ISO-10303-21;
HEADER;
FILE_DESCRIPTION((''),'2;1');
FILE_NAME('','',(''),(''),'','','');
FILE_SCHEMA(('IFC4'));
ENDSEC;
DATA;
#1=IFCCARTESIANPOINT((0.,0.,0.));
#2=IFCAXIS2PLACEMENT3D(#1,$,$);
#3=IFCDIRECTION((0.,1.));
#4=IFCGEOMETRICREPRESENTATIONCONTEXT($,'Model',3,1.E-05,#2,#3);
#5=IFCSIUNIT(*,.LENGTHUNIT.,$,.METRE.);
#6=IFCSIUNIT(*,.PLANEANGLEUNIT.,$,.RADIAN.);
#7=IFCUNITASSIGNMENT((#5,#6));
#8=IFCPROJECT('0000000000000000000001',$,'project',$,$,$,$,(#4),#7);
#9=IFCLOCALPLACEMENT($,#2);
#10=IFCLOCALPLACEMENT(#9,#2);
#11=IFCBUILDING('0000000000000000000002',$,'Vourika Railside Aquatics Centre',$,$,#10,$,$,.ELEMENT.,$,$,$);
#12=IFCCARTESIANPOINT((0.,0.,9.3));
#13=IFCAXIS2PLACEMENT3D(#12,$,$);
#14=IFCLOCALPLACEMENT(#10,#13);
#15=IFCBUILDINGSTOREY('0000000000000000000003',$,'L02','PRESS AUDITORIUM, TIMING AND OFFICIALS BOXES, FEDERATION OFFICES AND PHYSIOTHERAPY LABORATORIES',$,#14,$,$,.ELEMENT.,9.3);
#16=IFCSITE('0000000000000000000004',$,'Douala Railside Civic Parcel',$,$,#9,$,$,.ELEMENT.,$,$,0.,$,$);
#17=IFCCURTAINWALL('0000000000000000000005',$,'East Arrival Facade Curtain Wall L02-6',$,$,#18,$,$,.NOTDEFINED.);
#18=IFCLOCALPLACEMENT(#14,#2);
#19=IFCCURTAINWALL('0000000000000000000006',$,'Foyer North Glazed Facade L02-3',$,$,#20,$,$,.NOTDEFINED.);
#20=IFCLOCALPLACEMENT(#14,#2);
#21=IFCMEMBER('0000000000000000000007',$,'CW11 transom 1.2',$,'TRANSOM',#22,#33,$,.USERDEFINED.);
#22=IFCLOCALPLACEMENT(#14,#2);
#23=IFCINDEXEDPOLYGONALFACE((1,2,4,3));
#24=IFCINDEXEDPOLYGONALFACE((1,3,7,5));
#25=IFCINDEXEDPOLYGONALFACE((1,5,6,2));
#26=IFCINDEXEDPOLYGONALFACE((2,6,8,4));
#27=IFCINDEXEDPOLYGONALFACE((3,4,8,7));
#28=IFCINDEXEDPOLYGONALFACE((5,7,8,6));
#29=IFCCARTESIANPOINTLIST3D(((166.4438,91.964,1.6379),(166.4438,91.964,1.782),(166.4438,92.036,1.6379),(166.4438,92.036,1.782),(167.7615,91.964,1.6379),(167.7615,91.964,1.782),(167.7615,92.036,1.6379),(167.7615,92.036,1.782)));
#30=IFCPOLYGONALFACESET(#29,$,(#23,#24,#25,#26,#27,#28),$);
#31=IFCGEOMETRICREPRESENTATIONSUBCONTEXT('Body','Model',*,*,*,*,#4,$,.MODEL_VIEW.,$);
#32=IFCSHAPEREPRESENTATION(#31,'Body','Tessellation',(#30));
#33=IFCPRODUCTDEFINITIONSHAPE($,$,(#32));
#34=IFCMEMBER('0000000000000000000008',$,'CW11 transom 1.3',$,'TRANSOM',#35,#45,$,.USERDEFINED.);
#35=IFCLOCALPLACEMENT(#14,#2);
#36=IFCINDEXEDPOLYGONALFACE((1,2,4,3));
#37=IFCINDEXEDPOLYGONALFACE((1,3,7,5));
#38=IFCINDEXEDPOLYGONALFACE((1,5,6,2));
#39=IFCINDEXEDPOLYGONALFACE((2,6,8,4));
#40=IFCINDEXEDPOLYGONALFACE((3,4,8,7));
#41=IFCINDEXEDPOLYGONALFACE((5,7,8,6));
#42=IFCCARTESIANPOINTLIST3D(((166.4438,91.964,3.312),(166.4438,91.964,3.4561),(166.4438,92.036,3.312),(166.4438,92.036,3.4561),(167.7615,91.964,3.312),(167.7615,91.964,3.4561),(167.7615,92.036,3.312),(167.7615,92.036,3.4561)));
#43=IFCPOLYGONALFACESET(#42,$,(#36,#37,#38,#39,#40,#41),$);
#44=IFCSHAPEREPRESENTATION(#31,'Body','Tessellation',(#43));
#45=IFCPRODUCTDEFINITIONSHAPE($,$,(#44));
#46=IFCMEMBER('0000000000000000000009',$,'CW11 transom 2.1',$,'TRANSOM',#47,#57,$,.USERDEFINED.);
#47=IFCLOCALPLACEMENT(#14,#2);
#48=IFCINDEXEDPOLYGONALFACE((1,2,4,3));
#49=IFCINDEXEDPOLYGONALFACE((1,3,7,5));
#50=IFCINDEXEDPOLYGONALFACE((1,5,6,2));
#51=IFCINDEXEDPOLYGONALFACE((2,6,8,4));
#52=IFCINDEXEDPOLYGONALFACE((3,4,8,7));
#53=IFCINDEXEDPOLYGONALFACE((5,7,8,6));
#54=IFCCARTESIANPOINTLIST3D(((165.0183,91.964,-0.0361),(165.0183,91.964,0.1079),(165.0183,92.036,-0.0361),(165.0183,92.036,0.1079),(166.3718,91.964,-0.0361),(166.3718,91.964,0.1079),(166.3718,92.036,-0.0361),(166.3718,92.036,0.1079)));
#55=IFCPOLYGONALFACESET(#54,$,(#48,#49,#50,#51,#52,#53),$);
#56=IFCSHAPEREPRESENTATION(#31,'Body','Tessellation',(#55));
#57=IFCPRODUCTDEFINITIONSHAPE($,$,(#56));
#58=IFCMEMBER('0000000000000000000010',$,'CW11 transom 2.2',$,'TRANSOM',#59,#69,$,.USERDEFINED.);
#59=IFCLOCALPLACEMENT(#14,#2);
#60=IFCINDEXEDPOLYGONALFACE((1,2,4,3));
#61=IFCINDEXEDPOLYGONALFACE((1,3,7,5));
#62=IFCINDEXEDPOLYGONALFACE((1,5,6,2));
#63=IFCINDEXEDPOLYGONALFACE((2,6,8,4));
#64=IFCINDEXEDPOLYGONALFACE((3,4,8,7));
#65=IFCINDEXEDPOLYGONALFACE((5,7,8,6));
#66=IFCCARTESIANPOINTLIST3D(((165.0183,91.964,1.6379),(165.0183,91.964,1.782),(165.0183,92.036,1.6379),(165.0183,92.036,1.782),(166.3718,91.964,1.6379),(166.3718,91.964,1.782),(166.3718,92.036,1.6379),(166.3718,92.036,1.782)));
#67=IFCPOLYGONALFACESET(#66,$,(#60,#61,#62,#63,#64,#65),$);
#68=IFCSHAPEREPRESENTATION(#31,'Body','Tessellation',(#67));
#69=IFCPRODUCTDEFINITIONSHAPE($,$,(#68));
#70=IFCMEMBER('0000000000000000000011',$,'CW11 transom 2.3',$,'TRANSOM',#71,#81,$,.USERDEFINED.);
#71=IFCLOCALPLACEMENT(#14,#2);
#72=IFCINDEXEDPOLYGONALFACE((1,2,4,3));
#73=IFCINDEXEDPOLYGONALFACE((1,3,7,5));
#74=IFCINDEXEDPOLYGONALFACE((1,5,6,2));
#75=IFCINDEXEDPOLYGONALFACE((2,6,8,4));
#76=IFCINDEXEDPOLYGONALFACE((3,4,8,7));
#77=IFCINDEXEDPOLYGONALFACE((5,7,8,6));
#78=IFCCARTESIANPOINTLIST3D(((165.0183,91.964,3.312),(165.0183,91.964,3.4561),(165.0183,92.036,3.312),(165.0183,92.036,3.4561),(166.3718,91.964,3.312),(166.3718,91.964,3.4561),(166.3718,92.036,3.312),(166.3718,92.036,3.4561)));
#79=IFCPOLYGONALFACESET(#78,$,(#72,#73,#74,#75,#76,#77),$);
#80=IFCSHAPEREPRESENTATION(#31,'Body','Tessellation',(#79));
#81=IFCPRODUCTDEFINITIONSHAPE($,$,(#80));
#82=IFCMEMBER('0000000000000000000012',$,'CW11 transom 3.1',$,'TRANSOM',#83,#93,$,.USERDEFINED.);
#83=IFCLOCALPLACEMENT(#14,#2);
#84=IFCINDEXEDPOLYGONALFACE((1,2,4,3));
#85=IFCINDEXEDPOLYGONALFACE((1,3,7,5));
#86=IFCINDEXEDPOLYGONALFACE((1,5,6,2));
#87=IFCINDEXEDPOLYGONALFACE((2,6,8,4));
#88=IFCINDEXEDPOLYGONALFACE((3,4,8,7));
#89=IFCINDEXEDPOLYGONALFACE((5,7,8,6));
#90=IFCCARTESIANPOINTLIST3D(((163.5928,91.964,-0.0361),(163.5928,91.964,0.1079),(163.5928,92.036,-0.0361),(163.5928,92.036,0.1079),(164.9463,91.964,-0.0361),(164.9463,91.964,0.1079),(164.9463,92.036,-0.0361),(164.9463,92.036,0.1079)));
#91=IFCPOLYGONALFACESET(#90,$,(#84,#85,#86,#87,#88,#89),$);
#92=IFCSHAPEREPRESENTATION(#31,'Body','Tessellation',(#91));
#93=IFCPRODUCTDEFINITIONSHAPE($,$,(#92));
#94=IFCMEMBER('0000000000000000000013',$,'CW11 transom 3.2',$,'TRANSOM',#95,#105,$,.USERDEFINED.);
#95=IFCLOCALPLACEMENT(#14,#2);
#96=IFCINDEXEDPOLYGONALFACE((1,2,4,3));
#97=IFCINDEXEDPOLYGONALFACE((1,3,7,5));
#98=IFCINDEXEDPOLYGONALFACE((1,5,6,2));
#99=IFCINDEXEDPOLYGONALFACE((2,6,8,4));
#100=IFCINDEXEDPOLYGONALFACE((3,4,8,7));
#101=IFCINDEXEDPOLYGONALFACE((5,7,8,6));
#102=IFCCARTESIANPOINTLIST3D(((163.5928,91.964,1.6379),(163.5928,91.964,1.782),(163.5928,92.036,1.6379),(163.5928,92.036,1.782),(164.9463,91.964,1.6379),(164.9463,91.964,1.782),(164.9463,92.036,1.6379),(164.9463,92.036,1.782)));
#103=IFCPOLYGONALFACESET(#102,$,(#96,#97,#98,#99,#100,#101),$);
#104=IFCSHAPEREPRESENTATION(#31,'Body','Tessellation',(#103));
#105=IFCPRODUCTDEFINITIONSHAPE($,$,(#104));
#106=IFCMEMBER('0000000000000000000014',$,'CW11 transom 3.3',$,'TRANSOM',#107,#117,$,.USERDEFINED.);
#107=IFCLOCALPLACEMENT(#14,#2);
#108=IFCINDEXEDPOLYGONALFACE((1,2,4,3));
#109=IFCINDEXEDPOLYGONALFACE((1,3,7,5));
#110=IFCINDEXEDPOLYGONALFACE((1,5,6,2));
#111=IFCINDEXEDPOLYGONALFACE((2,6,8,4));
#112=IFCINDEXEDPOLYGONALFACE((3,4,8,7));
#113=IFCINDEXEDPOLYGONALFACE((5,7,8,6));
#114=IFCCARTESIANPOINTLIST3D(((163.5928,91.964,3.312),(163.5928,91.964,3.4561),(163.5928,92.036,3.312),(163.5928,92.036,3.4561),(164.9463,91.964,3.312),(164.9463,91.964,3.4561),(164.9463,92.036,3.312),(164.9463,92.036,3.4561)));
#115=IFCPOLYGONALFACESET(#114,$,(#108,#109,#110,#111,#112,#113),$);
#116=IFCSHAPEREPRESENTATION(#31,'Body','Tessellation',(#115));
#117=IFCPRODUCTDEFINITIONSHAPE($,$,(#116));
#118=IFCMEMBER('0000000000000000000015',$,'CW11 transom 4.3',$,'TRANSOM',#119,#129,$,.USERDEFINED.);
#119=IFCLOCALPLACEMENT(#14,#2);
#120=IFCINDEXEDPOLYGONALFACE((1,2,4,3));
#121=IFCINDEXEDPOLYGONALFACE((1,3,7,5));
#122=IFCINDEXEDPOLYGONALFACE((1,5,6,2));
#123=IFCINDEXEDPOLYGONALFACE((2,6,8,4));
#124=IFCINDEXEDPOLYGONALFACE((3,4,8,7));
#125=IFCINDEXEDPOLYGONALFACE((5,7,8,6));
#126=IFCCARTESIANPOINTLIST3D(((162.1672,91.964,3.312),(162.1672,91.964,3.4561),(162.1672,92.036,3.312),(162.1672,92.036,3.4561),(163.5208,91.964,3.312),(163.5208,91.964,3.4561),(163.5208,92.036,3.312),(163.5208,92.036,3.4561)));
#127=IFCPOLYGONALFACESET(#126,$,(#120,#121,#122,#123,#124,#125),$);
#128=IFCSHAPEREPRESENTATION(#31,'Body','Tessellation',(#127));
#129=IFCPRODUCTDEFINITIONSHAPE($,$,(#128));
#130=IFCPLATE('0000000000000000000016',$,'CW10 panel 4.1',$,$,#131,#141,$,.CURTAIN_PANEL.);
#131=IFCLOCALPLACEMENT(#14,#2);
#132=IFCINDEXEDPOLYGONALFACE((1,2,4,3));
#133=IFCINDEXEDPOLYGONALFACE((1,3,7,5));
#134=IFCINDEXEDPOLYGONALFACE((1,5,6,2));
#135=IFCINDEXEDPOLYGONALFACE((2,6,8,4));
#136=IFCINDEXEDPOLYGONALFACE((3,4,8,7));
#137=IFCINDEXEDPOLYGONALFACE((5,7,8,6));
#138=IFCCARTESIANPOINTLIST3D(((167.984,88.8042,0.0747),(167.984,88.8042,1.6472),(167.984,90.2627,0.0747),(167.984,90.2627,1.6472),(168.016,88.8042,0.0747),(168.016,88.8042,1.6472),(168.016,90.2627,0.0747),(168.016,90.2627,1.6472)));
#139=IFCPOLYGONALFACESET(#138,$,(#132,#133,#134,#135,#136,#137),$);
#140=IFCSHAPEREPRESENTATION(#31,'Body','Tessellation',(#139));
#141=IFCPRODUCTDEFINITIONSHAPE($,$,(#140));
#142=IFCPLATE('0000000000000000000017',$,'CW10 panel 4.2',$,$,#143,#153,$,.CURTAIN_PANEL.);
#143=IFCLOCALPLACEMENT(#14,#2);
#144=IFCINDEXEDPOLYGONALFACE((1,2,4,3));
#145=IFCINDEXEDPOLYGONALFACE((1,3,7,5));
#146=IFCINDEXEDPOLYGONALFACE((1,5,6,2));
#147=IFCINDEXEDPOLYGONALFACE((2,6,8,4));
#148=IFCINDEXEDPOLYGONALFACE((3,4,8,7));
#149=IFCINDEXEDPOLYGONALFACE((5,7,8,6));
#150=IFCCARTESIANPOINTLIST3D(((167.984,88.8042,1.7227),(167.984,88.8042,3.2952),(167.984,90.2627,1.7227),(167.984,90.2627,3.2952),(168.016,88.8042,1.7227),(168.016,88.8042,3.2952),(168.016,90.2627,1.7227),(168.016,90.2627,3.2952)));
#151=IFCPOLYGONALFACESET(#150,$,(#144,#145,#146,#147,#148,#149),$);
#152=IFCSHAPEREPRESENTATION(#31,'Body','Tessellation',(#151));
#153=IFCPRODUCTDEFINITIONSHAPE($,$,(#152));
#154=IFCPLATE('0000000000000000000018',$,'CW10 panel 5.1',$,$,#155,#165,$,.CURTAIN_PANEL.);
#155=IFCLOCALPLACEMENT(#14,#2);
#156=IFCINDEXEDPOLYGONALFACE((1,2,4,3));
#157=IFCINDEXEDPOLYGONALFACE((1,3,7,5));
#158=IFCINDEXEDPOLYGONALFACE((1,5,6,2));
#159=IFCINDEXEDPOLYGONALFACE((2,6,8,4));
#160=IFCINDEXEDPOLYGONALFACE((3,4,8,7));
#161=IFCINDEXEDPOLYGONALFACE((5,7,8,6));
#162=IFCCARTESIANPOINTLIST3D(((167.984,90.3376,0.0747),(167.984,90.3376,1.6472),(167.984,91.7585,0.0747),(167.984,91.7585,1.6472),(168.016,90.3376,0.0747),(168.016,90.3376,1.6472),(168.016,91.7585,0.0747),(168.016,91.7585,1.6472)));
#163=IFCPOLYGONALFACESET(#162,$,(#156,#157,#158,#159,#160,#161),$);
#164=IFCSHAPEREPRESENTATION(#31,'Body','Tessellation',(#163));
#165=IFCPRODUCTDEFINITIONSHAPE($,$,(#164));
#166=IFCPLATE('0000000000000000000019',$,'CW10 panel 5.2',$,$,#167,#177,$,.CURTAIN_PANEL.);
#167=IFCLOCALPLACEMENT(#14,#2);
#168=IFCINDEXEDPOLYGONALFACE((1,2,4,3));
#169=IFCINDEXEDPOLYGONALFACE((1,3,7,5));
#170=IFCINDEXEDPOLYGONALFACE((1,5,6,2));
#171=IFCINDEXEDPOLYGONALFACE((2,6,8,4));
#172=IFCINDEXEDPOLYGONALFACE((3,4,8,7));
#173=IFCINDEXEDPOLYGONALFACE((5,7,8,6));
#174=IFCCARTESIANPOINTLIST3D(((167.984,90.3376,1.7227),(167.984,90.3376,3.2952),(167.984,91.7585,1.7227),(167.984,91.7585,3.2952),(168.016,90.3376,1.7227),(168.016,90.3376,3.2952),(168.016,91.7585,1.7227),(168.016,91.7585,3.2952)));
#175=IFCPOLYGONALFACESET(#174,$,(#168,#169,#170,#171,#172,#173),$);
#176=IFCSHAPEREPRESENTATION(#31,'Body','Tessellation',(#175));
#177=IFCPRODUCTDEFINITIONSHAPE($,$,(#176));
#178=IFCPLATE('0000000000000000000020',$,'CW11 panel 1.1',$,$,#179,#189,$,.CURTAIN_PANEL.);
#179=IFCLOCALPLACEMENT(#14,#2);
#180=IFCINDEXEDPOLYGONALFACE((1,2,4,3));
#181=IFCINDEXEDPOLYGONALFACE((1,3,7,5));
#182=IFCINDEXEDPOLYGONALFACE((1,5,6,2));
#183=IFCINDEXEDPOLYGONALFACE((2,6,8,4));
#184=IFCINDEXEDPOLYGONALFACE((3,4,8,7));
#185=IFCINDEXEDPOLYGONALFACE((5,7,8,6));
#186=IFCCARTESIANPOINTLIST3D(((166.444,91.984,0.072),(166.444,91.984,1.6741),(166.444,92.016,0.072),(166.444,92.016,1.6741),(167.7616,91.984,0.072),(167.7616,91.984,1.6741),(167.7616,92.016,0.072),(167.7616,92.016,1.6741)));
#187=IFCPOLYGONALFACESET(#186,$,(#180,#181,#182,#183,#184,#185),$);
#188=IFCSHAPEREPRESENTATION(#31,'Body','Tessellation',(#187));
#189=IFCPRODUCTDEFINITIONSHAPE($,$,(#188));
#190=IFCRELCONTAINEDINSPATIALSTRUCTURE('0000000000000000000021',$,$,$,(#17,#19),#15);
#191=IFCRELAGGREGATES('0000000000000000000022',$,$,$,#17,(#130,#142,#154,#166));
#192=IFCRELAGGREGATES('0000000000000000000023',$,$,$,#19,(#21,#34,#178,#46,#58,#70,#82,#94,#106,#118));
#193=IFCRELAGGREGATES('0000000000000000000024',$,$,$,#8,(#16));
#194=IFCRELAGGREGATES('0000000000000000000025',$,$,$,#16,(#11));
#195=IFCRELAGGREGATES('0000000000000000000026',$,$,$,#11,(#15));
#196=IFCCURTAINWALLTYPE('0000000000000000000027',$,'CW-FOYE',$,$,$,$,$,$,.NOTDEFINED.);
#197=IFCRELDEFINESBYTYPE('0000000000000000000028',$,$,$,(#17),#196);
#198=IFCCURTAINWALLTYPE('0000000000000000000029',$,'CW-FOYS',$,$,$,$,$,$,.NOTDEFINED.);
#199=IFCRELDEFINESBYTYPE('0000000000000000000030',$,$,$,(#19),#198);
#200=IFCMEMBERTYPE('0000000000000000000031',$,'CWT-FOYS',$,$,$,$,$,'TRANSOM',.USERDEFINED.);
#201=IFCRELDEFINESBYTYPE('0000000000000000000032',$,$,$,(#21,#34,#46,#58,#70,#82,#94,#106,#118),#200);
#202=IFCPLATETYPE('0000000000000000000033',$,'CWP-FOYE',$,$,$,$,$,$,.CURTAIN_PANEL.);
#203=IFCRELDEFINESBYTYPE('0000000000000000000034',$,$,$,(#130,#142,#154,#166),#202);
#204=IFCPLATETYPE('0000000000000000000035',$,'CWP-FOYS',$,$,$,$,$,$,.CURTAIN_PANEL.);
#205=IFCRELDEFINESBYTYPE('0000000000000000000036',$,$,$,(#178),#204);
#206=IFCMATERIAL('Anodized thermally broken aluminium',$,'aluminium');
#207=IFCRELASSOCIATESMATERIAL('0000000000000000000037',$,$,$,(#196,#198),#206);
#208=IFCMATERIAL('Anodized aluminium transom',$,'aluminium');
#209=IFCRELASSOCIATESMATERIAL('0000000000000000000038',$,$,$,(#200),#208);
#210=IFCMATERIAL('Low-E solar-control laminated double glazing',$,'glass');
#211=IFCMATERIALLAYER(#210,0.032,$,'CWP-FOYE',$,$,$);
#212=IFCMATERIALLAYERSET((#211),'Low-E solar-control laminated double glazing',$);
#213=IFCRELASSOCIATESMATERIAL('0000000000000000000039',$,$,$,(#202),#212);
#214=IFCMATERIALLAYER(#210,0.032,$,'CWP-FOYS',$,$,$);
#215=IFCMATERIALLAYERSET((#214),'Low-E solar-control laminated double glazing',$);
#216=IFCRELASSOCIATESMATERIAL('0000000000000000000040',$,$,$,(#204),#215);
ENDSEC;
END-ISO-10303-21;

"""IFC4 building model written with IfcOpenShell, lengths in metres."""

from ifc_helpers import new_model, si_unit, direction, frame, origin, origin_2d, place, context, subcontext, project, spatial, rectangle, extrude, material, layer, layer_set, material_profile, profile_set, type_object, element, aggregate, save


model = new_model("IFC4")

# Units and contexts
model_context = context("Model", 3, precision=1e-05, world=origin(), true_north=direction((0.0, 1.0)))
body_context = subcontext(model_context, "Body", "Model", "MODEL_VIEW")
ifc_project = project(units=[si_unit("LENGTHUNIT", "METRE"), si_unit("PLANEANGLEUNIT", "RADIAN")], contexts=[model_context])

# Site, building, storey
site_placement = place(None, origin())
site = spatial("IfcSite", under=ifc_project, at=site_placement, Name="Douala Railside Civic Parcel", CompositionType="ELEMENT", RefElevation=0.0)
building_placement = place(site_placement, origin())
building = spatial("IfcBuilding", under=site, at=building_placement, Name="Vourika Railside Aquatics Centre", CompositionType="ELEMENT")
storey_placement = place(building_placement, frame((0.0, 0.0, 9.3)))
storey = spatial("IfcBuildingStorey", under=building, at=storey_placement, Name="L02", Description="PRESS AUDITORIUM, TIMING AND OFFICIALS BOXES, FEDERATION OFFICES AND PHYSIOTHERAPY LABORATORIES", CompositionType="ELEMENT", Elevation=9.3)

# Curtain walls
ifc_material_1 = material(Name="Anodized thermally broken aluminium", Category="aluminium")
curtain_wall_type_1 = type_object("IfcCurtainWallType", Name="CW-FOYE", PredefinedType="NOTDEFINED", material=ifc_material_1)
curtain_wall_1_placement = place(storey_placement, origin())
curtain_wall_1 = element("IfcCurtainWall", 1, at=curtain_wall_1_placement, inside=storey, type_object=curtain_wall_type_1, Name="East Arrival Facade Curtain Wall L02-6", PredefinedType="NOTDEFINED")
curtain_wall_type_2 = type_object("IfcCurtainWallType", Name="CW-FOYS", PredefinedType="NOTDEFINED", material=ifc_material_1)
curtain_wall_2_placement = place(storey_placement, origin())
curtain_wall_2 = element("IfcCurtainWall", 2, at=curtain_wall_2_placement, inside=storey, type_object=curtain_wall_type_2, Name="Foyer North Glazed Facade L02-3", PredefinedType="NOTDEFINED")

# Members
ifc_material_2 = material(Name="Anodized aluminium transom", Category="aluminium")
ifc_material_profile_1 = material_profile(ifc_material_2, rectangle(XDim=0.072, YDim=0.144, at=origin_2d()), Name="ALU-T 72x144")
ifc_profile_set_1 = profile_set([ifc_material_profile_1], Name="Anodized aluminium transom")
member_type_1 = type_object("IfcMemberType", Name="CWT-FOYS", ElementType="TRANSOM", PredefinedType="USERDEFINED", material=ifc_profile_set_1)
member_1_placement = place(storey_placement, frame((167.7615, 92.0, 1.71), z_axis=(-1.0, 0.0, 0.0), x_axis=(0.0, -1.0, 0.0)))
member_1 = element("IfcMember", 3, at=member_1_placement, type_object=member_type_1, Name="CW11 transom 1.2", ObjectType="TRANSOM", PredefinedType="USERDEFINED", context=body_context, shape_type="SweptSolid", body=[
    extrude(rectangle(XDim=0.072, YDim=0.144, at=origin_2d()), origin(), (0.0, 0.0, 1.0), 1.3176),
])
member_2_placement = place(storey_placement, frame((167.7615, 92.0, 3.384), z_axis=(-1.0, 0.0, 0.0), x_axis=(0.0, -1.0, 0.0)))
member_2 = element("IfcMember", 4, at=member_2_placement, type_object=member_type_1, Name="CW11 transom 1.3", ObjectType="TRANSOM", PredefinedType="USERDEFINED", context=body_context, shape_type="SweptSolid", body=[
    extrude(rectangle(XDim=0.072, YDim=0.144, at=origin_2d()), origin(), (0.0, 0.0, 1.0), 1.3176),
])
member_3_placement = place(storey_placement, frame((166.3718, 92.0, 0.0359), z_axis=(-1.0, 0.0, 0.0), x_axis=(0.0, -1.0, 0.0)))
member_3 = element("IfcMember", 5, at=member_3_placement, type_object=member_type_1, Name="CW11 transom 2.1", ObjectType="TRANSOM", PredefinedType="USERDEFINED", context=body_context, shape_type="SweptSolid", body=[
    extrude(rectangle(XDim=0.072, YDim=0.144, at=origin_2d()), origin(), (0.0, 0.0, 1.0), 1.3535),
])
member_4_placement = place(storey_placement, frame((166.3718, 92.0, 1.71), z_axis=(-1.0, 0.0, 0.0), x_axis=(0.0, -1.0, 0.0)))
member_4 = element("IfcMember", 6, at=member_4_placement, type_object=member_type_1, Name="CW11 transom 2.2", ObjectType="TRANSOM", PredefinedType="USERDEFINED", context=body_context, shape_type="SweptSolid", body=[
    extrude(rectangle(XDim=0.072, YDim=0.144, at=origin_2d()), origin(), (0.0, 0.0, 1.0), 1.3535),
])
member_5_placement = place(storey_placement, frame((166.3718, 92.0, 3.384), z_axis=(-1.0, 0.0, 0.0), x_axis=(0.0, -1.0, 0.0)))
member_5 = element("IfcMember", 7, at=member_5_placement, type_object=member_type_1, Name="CW11 transom 2.3", ObjectType="TRANSOM", PredefinedType="USERDEFINED", context=body_context, shape_type="SweptSolid", body=[
    extrude(rectangle(XDim=0.072, YDim=0.144, at=origin_2d()), origin(), (0.0, 0.0, 1.0), 1.3535),
])
member_6_placement = place(storey_placement, frame((164.9463, 92.0, 0.0359), z_axis=(-1.0, 0.0, 0.0), x_axis=(0.0, -1.0, 0.0)))
member_6 = element("IfcMember", 8, at=member_6_placement, type_object=member_type_1, Name="CW11 transom 3.1", ObjectType="TRANSOM", PredefinedType="USERDEFINED", context=body_context, shape_type="SweptSolid", body=[
    extrude(rectangle(XDim=0.072, YDim=0.144, at=origin_2d()), origin(), (0.0, 0.0, 1.0), 1.3535),
])
member_7_placement = place(storey_placement, frame((164.9463, 92.0, 1.71), z_axis=(-1.0, 0.0, 0.0), x_axis=(0.0, -1.0, 0.0)))
member_7 = element("IfcMember", 9, at=member_7_placement, type_object=member_type_1, Name="CW11 transom 3.2", ObjectType="TRANSOM", PredefinedType="USERDEFINED", context=body_context, shape_type="SweptSolid", body=[
    extrude(rectangle(XDim=0.072, YDim=0.144, at=origin_2d()), origin(), (0.0, 0.0, 1.0), 1.3535),
])
member_8_placement = place(storey_placement, frame((164.9463, 92.0, 3.384), z_axis=(-1.0, 0.0, 0.0), x_axis=(0.0, -1.0, 0.0)))
member_8 = element("IfcMember", 10, at=member_8_placement, type_object=member_type_1, Name="CW11 transom 3.3", ObjectType="TRANSOM", PredefinedType="USERDEFINED", context=body_context, shape_type="SweptSolid", body=[
    extrude(rectangle(XDim=0.072, YDim=0.144, at=origin_2d()), origin(), (0.0, 0.0, 1.0), 1.3535),
])
member_9_placement = place(storey_placement, frame((163.5208, 92.0, 3.384), z_axis=(-1.0, 0.0, 0.0), x_axis=(0.0, -1.0, 0.0)))
member_9 = element("IfcMember", 11, at=member_9_placement, type_object=member_type_1, Name="CW11 transom 4.3", ObjectType="TRANSOM", PredefinedType="USERDEFINED", context=body_context, shape_type="SweptSolid", body=[
    extrude(rectangle(XDim=0.072, YDim=0.144, at=origin_2d()), origin(), (0.0, 0.0, 1.0), 1.3535),
])

# Plates
ifc_material_3 = material(Name="Low-E solar-control laminated double glazing", Category="glass")
ifc_layer_1 = layer(ifc_material_3, 0.032, Name="CWP-FOYE")
ifc_layer_set_1 = layer_set([ifc_layer_1], Name="Low-E solar-control laminated double glazing")
plate_type_1 = type_object("IfcPlateType", Name="CWP-FOYE", PredefinedType="CURTAIN_PANEL", material=ifc_layer_set_1)
plate_1_placement = place(storey_placement, frame((168.0, 89.5334, 0.0747), z_axis=(0.0, 0.0, 1.0), x_axis=(0.0, 1.0, 0.0)))
plate_1 = element("IfcPlate", 12, at=plate_1_placement, type_object=plate_type_1, Name="CW10 panel 4.1", PredefinedType="CURTAIN_PANEL", context=body_context, shape_type="SweptSolid", body=[
    extrude(rectangle(XDim=1.4585, YDim=0.032, at=origin_2d()), origin(), (0.0, 0.0, 1.0), 1.5725),
])
plate_2_placement = place(storey_placement, frame((168.0, 89.5334, 1.7227), z_axis=(0.0, 0.0, 1.0), x_axis=(0.0, 1.0, 0.0)))
plate_2 = element("IfcPlate", 13, at=plate_2_placement, type_object=plate_type_1, Name="CW10 panel 4.2", PredefinedType="CURTAIN_PANEL", context=body_context, shape_type="SweptSolid", body=[
    extrude(rectangle(XDim=1.4585, YDim=0.032, at=origin_2d()), origin(), (0.0, 0.0, 1.0), 1.5725),
])
plate_3_placement = place(storey_placement, frame((168.0, 91.0481, 0.0747), z_axis=(0.0, 0.0, 1.0), x_axis=(0.0, 1.0, 0.0)))
plate_3 = element("IfcPlate", 14, at=plate_3_placement, type_object=plate_type_1, Name="CW10 panel 5.1", PredefinedType="CURTAIN_PANEL", context=body_context, shape_type="SweptSolid", body=[
    extrude(rectangle(XDim=1.4209, YDim=0.032, at=origin_2d()), origin(), (0.0, 0.0, 1.0), 1.5725),
])
plate_4_placement = place(storey_placement, frame((168.0, 91.0481, 1.7227), z_axis=(0.0, 0.0, 1.0), x_axis=(0.0, 1.0, 0.0)))
plate_4 = element("IfcPlate", 15, at=plate_4_placement, type_object=plate_type_1, Name="CW10 panel 5.2", PredefinedType="CURTAIN_PANEL", context=body_context, shape_type="SweptSolid", body=[
    extrude(rectangle(XDim=1.4209, YDim=0.032, at=origin_2d()), origin(), (0.0, 0.0, 1.0), 1.5725),
])
aggregate(curtain_wall_1, [plate_1, plate_2, plate_3, plate_4])
ifc_layer_2 = layer(ifc_material_3, 0.032, Name="CWP-FOYS")
ifc_layer_set_2 = layer_set([ifc_layer_2], Name="Low-E solar-control laminated double glazing")
plate_type_2 = type_object("IfcPlateType", Name="CWP-FOYS", PredefinedType="CURTAIN_PANEL", material=ifc_layer_set_2)
plate_5_placement = place(storey_placement, frame((167.1028, 92.0, 0.072), z_axis=(0.0, 0.0, 1.0), x_axis=(-1.0, 0.0, 0.0)))
plate_5 = element("IfcPlate", 16, at=plate_5_placement, type_object=plate_type_2, Name="CW11 panel 1.1", PredefinedType="CURTAIN_PANEL", context=body_context, shape_type="SweptSolid", body=[
    extrude(rectangle(XDim=1.3176, YDim=0.032, at=origin_2d()), origin(), (0.0, 0.0, 1.0), 1.6021),
])
aggregate(curtain_wall_2, [member_1, member_2, plate_5, member_3, member_4, member_5, member_6, member_7, member_8, member_9])

save(model, "model.ifc")
